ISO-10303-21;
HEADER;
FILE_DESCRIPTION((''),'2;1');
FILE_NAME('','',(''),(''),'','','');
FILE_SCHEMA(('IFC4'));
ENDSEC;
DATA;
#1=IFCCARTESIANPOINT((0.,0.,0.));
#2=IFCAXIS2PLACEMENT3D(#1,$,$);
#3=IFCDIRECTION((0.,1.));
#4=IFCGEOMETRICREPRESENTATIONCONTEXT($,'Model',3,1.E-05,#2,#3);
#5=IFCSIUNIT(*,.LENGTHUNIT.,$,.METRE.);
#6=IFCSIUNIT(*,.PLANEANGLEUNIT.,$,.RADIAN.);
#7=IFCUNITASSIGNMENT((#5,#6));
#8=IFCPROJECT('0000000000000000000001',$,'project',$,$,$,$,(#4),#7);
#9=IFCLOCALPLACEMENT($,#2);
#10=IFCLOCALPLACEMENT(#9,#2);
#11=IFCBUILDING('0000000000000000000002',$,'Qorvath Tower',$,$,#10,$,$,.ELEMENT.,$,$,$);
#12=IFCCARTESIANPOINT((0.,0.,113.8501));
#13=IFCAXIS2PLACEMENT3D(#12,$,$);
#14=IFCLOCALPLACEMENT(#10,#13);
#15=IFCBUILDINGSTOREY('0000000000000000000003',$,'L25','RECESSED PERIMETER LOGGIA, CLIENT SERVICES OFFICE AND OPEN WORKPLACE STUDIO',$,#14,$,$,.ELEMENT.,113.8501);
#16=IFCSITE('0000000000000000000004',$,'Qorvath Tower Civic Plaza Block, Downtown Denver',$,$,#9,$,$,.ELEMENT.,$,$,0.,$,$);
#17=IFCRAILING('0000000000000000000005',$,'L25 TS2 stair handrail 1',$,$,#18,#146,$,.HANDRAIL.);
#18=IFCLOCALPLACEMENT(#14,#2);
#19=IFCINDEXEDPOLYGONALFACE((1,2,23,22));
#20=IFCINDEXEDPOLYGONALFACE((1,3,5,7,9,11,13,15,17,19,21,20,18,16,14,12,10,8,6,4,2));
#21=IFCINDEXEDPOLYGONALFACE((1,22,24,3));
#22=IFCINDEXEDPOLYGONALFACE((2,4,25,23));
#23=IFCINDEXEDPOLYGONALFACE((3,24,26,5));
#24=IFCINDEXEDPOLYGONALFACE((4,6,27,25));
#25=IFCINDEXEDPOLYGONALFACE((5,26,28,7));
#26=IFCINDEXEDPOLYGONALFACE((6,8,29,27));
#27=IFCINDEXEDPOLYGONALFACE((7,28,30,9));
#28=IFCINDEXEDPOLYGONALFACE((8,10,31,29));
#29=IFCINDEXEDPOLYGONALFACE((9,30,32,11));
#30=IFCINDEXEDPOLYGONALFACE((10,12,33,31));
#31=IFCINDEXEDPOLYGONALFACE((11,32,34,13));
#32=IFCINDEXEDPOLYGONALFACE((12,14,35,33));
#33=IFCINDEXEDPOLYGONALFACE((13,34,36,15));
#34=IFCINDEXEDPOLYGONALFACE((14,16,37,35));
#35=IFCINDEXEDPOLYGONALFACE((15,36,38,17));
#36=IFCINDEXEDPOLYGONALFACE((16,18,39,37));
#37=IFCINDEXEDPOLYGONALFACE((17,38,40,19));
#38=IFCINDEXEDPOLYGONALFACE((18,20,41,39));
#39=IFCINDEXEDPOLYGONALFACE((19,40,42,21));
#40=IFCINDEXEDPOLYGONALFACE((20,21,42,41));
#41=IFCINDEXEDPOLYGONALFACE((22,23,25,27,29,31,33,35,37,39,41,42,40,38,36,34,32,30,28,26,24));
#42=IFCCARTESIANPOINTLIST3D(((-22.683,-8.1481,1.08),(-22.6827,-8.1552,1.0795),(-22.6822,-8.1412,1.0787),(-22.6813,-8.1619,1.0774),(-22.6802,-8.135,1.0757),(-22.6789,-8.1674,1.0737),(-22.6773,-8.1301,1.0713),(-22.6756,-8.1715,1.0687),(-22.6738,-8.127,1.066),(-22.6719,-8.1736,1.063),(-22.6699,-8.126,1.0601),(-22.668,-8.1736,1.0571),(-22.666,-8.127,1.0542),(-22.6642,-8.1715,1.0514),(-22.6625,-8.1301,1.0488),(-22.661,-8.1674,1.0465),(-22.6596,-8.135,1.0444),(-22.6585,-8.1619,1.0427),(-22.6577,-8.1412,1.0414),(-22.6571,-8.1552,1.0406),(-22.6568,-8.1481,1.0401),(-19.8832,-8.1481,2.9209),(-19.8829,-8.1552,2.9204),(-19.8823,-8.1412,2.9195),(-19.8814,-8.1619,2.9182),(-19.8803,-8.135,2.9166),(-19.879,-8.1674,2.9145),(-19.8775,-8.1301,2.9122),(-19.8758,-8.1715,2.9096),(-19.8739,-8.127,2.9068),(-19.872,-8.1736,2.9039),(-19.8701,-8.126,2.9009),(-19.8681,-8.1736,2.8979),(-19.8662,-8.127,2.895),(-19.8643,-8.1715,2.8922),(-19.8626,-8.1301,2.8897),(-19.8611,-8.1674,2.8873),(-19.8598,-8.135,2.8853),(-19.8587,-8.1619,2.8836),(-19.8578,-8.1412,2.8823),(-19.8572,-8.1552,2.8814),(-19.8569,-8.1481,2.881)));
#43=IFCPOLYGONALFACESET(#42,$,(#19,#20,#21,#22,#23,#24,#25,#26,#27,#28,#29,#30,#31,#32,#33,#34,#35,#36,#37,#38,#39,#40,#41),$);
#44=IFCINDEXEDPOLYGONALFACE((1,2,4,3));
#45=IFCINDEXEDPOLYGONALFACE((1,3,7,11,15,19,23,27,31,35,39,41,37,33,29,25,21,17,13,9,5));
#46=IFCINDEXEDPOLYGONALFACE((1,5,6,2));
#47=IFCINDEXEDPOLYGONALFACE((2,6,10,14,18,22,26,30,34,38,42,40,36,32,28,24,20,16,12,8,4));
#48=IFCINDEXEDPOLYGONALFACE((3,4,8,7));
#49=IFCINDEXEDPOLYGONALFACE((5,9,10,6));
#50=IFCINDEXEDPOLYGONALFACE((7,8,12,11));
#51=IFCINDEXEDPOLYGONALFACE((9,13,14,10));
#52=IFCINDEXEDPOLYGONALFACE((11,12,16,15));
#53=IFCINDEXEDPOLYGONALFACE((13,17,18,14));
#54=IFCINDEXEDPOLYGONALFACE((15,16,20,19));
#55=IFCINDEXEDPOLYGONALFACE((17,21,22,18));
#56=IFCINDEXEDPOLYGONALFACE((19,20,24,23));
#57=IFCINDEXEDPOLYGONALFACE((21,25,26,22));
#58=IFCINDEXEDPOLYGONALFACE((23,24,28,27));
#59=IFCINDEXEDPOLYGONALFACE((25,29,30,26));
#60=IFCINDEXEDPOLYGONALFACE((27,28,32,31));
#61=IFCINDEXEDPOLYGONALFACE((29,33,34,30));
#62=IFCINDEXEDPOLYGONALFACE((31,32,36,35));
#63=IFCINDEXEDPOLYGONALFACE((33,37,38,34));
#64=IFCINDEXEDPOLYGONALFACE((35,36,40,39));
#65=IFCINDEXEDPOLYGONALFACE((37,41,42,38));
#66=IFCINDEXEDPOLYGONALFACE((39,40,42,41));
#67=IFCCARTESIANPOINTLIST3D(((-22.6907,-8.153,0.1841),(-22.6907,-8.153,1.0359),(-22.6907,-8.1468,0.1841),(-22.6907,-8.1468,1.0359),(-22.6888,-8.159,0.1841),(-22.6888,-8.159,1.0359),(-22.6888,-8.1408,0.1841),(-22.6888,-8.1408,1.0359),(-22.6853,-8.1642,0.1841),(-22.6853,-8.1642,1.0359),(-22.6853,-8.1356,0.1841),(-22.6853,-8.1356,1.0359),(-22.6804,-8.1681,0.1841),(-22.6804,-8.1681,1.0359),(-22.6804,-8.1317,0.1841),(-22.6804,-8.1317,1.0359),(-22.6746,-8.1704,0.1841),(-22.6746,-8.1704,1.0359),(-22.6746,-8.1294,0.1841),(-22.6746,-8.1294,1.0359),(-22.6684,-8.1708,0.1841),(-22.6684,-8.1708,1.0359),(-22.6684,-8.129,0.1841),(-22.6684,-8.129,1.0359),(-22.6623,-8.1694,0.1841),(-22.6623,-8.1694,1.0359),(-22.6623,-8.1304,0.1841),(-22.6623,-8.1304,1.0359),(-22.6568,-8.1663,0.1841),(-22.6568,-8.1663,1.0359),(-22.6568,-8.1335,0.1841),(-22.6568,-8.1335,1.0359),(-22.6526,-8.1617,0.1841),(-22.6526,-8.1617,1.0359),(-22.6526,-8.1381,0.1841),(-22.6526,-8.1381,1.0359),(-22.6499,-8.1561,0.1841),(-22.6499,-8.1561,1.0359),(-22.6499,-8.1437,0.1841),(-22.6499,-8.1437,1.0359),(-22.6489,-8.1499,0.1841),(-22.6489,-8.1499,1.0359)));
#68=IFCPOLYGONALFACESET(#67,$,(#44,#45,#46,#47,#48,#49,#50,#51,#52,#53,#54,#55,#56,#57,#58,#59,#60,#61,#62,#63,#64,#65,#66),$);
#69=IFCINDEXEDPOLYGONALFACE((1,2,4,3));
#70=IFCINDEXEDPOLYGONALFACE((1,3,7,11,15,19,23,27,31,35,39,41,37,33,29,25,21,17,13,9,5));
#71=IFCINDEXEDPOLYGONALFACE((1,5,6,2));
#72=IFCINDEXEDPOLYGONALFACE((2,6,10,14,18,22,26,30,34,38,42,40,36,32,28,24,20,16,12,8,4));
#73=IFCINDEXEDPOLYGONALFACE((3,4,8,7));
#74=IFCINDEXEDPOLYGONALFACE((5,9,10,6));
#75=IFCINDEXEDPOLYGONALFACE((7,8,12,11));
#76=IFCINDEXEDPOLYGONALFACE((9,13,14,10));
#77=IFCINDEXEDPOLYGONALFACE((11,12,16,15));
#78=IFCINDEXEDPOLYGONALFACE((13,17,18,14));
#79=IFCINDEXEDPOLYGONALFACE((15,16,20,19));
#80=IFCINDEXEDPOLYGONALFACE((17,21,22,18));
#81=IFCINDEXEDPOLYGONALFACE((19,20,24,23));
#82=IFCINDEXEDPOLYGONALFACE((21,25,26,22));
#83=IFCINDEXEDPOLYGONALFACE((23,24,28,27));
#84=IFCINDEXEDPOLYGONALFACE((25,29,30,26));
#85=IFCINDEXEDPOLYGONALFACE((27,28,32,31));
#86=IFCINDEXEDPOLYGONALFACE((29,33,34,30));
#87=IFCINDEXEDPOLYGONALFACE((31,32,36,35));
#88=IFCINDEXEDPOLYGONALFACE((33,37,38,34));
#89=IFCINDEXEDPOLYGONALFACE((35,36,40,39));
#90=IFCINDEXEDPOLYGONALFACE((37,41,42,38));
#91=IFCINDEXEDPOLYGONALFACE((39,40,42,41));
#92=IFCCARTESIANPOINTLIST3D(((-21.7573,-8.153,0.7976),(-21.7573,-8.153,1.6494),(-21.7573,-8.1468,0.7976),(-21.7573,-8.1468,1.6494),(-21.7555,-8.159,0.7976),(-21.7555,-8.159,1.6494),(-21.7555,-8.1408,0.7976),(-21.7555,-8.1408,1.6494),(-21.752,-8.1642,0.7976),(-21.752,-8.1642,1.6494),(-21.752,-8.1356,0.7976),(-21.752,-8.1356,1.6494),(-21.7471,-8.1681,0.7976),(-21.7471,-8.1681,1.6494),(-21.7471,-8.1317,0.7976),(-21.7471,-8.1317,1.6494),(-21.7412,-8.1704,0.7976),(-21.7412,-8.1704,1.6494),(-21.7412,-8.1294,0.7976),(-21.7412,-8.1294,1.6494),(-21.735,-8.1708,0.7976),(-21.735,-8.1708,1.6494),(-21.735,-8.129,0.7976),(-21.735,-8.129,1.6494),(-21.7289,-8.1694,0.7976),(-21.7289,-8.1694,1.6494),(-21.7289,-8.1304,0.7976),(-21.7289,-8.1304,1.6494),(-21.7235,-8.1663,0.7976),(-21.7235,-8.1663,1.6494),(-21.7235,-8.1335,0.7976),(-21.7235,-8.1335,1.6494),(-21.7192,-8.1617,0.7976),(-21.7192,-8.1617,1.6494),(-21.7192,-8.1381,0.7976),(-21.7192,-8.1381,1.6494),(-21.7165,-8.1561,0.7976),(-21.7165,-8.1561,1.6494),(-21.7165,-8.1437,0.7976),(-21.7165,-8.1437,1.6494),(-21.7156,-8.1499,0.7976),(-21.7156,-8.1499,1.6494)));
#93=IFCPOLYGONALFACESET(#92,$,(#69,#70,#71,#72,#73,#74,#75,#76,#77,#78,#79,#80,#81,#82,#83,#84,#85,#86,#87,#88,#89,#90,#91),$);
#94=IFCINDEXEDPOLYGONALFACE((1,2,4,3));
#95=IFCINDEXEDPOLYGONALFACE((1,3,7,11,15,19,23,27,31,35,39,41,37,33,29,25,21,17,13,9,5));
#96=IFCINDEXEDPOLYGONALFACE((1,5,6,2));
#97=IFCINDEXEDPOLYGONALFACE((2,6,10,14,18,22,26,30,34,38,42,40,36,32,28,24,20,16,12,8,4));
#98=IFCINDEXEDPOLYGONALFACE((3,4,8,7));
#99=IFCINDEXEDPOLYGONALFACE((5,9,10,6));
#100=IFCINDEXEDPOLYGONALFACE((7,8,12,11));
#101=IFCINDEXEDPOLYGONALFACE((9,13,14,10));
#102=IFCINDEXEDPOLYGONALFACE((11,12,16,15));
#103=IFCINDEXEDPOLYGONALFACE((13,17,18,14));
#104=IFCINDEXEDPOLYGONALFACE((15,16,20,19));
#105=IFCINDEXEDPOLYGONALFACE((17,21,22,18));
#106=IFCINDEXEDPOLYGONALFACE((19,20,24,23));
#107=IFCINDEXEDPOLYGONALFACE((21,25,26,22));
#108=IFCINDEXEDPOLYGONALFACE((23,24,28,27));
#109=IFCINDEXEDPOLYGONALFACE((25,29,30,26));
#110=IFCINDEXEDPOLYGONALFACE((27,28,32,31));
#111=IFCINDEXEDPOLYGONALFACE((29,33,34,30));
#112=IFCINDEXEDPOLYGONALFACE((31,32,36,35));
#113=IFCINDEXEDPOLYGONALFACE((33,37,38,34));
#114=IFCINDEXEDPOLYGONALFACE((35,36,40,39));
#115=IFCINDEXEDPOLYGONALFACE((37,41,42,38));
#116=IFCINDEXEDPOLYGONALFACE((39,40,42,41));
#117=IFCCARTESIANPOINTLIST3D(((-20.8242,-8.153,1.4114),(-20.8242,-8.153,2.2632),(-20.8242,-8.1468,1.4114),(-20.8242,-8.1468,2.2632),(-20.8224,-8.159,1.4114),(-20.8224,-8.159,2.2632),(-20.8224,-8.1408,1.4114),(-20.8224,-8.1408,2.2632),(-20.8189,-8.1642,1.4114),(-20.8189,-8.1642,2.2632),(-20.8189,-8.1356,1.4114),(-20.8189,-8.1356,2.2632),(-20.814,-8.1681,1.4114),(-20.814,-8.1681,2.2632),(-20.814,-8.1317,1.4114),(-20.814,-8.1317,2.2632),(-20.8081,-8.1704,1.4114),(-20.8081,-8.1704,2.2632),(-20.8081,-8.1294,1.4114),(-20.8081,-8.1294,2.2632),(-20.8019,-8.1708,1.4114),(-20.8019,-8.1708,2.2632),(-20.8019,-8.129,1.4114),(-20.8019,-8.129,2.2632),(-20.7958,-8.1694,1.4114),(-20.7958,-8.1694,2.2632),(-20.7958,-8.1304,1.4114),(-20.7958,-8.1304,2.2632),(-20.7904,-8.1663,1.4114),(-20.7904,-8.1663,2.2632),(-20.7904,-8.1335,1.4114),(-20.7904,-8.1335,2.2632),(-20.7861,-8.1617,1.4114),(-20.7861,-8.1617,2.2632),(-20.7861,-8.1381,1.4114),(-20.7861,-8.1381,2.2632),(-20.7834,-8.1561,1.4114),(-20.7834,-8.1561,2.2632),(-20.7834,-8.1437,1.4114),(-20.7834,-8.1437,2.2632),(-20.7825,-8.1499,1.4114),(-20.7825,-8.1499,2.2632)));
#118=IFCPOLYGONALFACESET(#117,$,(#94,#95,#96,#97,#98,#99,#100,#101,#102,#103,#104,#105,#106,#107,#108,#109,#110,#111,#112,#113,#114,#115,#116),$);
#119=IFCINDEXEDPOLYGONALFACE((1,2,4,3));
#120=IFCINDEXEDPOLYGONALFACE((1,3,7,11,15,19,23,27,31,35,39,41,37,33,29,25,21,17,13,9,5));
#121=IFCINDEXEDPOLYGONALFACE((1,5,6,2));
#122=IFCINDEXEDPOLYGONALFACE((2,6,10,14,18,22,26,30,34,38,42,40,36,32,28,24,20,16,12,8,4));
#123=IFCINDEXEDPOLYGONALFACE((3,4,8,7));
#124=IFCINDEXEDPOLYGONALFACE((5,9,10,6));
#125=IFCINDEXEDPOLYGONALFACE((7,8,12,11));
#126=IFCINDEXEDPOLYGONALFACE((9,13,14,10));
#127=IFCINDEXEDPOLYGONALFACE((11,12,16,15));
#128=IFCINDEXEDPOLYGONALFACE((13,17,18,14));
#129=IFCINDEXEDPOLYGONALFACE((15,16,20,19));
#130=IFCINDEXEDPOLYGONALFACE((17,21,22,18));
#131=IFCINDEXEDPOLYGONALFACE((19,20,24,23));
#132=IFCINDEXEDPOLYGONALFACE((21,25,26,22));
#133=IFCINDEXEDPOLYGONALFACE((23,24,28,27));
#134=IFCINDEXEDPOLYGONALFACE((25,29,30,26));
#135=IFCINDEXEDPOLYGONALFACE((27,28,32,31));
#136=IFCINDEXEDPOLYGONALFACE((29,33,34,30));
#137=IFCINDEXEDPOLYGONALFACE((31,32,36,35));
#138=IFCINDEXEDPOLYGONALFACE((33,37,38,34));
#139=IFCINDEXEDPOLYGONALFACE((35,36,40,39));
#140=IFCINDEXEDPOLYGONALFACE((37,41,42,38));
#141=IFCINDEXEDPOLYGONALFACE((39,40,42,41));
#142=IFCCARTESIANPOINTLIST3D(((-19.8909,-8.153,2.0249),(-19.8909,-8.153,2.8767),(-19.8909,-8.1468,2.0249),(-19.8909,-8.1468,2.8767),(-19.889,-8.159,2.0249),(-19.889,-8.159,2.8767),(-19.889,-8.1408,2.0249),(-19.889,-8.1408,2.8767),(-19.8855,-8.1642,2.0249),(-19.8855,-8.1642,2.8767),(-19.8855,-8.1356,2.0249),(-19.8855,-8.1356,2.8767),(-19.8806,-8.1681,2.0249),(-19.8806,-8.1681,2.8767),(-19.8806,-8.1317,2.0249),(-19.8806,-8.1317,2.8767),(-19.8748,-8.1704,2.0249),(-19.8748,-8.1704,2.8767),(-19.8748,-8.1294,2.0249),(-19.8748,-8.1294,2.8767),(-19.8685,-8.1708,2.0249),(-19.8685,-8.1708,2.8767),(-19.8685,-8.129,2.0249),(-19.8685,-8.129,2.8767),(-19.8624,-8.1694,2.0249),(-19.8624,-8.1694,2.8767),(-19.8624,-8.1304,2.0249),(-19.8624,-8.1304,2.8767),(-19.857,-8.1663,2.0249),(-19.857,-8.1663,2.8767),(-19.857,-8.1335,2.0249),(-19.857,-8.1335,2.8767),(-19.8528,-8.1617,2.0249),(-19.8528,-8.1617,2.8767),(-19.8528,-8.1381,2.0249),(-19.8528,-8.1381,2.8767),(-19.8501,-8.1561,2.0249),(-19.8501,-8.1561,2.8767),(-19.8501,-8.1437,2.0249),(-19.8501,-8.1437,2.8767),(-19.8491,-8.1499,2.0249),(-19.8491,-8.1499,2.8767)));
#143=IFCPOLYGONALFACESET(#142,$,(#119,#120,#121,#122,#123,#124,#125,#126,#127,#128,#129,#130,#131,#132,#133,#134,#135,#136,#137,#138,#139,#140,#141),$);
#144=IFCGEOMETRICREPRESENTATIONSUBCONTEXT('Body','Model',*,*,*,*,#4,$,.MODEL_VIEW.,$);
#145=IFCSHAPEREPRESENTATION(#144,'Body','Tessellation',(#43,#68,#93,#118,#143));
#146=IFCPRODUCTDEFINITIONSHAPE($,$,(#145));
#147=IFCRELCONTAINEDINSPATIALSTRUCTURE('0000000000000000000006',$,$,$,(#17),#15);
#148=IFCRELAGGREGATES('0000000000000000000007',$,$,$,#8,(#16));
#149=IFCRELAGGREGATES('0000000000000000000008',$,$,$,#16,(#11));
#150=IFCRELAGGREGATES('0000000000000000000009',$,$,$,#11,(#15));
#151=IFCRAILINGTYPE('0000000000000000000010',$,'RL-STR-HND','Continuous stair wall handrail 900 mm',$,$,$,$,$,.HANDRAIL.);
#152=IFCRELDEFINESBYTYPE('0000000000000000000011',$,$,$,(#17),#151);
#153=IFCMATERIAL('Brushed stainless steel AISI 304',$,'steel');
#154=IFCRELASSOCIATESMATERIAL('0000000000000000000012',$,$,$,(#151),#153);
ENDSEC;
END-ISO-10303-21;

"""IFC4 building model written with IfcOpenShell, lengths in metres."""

from ifc_helpers import new_model, si_unit, direction, frame, origin, origin_2d, place, context, subcontext, project, spatial, circle, extrude, material, type_object, element, save


model = new_model("IFC4")

# Units and contexts
model_context = context("Model", 3, precision=1e-05, world=origin(), true_north=direction((0.0, 1.0)))
body_context = subcontext(model_context, "Body", "Model", "MODEL_VIEW")
ifc_project = project(units=[si_unit("LENGTHUNIT", "METRE"), si_unit("PLANEANGLEUNIT", "RADIAN")], contexts=[model_context])

# Site, building, storey
site_placement = place(None, origin())
site = spatial("IfcSite", under=ifc_project, at=site_placement, Name="Qorvath Tower Civic Plaza Block, Downtown Denver", CompositionType="ELEMENT", RefElevation=0.0)
building_placement = place(site_placement, origin())
building = spatial("IfcBuilding", under=site, at=building_placement, Name="Qorvath Tower", CompositionType="ELEMENT")
storey_placement = place(building_placement, frame((0.0, 0.0, 113.8501)))
storey = spatial("IfcBuildingStorey", under=building, at=storey_placement, Name="L25", Description="RECESSED PERIMETER LOGGIA, CLIENT SERVICES OFFICE AND OPEN WORKPLACE STUDIO", CompositionType="ELEMENT", Elevation=113.8501)

# Railing
ifc_material_1 = material(Name="Brushed stainless steel AISI 304", Category="steel")
railing_type_1 = type_object("IfcRailingType", Name="RL-STR-HND", Description="Continuous stair wall handrail 900 mm", PredefinedType="HANDRAIL", material=ifc_material_1)
railing_1_placement = place(storey_placement, frame((-22.6699, -8.1499, 0.1841)))
element("IfcRailing", 1, at=railing_1_placement, inside=storey, type_object=railing_type_1, Name="L25 TS2 stair handrail 1", PredefinedType="HANDRAIL", context=body_context, shape_type="SweptSolid", body=[
    extrude(circle(Radius=0.0239, at=origin_2d()), frame((0.0, 0.0, 0.876), z_axis=(0.835576, 0.0, 0.549376), x_axis=(0.0, 1.0, 0.0)), (0.0, 0.0, 1.0), 3.3508),
    extrude(circle(Radius=0.021, at=origin_2d()), origin(), (0.0, 0.0, 1.0), 0.8518),
    extrude(circle(Radius=0.021, at=origin_2d()), frame((0.9333, 0.0, 0.6135)), (0.0, 0.0, 1.0), 0.8518),
    extrude(circle(Radius=0.021, at=origin_2d()), frame((1.8665, 0.0, 1.2273)), (0.0, 0.0, 1.0), 0.8518),
    extrude(circle(Radius=0.021, at=origin_2d()), frame((2.7998, 0.0, 1.8408)), (0.0, 0.0, 1.0), 0.8518),
])

save(model, "model.ifc")
